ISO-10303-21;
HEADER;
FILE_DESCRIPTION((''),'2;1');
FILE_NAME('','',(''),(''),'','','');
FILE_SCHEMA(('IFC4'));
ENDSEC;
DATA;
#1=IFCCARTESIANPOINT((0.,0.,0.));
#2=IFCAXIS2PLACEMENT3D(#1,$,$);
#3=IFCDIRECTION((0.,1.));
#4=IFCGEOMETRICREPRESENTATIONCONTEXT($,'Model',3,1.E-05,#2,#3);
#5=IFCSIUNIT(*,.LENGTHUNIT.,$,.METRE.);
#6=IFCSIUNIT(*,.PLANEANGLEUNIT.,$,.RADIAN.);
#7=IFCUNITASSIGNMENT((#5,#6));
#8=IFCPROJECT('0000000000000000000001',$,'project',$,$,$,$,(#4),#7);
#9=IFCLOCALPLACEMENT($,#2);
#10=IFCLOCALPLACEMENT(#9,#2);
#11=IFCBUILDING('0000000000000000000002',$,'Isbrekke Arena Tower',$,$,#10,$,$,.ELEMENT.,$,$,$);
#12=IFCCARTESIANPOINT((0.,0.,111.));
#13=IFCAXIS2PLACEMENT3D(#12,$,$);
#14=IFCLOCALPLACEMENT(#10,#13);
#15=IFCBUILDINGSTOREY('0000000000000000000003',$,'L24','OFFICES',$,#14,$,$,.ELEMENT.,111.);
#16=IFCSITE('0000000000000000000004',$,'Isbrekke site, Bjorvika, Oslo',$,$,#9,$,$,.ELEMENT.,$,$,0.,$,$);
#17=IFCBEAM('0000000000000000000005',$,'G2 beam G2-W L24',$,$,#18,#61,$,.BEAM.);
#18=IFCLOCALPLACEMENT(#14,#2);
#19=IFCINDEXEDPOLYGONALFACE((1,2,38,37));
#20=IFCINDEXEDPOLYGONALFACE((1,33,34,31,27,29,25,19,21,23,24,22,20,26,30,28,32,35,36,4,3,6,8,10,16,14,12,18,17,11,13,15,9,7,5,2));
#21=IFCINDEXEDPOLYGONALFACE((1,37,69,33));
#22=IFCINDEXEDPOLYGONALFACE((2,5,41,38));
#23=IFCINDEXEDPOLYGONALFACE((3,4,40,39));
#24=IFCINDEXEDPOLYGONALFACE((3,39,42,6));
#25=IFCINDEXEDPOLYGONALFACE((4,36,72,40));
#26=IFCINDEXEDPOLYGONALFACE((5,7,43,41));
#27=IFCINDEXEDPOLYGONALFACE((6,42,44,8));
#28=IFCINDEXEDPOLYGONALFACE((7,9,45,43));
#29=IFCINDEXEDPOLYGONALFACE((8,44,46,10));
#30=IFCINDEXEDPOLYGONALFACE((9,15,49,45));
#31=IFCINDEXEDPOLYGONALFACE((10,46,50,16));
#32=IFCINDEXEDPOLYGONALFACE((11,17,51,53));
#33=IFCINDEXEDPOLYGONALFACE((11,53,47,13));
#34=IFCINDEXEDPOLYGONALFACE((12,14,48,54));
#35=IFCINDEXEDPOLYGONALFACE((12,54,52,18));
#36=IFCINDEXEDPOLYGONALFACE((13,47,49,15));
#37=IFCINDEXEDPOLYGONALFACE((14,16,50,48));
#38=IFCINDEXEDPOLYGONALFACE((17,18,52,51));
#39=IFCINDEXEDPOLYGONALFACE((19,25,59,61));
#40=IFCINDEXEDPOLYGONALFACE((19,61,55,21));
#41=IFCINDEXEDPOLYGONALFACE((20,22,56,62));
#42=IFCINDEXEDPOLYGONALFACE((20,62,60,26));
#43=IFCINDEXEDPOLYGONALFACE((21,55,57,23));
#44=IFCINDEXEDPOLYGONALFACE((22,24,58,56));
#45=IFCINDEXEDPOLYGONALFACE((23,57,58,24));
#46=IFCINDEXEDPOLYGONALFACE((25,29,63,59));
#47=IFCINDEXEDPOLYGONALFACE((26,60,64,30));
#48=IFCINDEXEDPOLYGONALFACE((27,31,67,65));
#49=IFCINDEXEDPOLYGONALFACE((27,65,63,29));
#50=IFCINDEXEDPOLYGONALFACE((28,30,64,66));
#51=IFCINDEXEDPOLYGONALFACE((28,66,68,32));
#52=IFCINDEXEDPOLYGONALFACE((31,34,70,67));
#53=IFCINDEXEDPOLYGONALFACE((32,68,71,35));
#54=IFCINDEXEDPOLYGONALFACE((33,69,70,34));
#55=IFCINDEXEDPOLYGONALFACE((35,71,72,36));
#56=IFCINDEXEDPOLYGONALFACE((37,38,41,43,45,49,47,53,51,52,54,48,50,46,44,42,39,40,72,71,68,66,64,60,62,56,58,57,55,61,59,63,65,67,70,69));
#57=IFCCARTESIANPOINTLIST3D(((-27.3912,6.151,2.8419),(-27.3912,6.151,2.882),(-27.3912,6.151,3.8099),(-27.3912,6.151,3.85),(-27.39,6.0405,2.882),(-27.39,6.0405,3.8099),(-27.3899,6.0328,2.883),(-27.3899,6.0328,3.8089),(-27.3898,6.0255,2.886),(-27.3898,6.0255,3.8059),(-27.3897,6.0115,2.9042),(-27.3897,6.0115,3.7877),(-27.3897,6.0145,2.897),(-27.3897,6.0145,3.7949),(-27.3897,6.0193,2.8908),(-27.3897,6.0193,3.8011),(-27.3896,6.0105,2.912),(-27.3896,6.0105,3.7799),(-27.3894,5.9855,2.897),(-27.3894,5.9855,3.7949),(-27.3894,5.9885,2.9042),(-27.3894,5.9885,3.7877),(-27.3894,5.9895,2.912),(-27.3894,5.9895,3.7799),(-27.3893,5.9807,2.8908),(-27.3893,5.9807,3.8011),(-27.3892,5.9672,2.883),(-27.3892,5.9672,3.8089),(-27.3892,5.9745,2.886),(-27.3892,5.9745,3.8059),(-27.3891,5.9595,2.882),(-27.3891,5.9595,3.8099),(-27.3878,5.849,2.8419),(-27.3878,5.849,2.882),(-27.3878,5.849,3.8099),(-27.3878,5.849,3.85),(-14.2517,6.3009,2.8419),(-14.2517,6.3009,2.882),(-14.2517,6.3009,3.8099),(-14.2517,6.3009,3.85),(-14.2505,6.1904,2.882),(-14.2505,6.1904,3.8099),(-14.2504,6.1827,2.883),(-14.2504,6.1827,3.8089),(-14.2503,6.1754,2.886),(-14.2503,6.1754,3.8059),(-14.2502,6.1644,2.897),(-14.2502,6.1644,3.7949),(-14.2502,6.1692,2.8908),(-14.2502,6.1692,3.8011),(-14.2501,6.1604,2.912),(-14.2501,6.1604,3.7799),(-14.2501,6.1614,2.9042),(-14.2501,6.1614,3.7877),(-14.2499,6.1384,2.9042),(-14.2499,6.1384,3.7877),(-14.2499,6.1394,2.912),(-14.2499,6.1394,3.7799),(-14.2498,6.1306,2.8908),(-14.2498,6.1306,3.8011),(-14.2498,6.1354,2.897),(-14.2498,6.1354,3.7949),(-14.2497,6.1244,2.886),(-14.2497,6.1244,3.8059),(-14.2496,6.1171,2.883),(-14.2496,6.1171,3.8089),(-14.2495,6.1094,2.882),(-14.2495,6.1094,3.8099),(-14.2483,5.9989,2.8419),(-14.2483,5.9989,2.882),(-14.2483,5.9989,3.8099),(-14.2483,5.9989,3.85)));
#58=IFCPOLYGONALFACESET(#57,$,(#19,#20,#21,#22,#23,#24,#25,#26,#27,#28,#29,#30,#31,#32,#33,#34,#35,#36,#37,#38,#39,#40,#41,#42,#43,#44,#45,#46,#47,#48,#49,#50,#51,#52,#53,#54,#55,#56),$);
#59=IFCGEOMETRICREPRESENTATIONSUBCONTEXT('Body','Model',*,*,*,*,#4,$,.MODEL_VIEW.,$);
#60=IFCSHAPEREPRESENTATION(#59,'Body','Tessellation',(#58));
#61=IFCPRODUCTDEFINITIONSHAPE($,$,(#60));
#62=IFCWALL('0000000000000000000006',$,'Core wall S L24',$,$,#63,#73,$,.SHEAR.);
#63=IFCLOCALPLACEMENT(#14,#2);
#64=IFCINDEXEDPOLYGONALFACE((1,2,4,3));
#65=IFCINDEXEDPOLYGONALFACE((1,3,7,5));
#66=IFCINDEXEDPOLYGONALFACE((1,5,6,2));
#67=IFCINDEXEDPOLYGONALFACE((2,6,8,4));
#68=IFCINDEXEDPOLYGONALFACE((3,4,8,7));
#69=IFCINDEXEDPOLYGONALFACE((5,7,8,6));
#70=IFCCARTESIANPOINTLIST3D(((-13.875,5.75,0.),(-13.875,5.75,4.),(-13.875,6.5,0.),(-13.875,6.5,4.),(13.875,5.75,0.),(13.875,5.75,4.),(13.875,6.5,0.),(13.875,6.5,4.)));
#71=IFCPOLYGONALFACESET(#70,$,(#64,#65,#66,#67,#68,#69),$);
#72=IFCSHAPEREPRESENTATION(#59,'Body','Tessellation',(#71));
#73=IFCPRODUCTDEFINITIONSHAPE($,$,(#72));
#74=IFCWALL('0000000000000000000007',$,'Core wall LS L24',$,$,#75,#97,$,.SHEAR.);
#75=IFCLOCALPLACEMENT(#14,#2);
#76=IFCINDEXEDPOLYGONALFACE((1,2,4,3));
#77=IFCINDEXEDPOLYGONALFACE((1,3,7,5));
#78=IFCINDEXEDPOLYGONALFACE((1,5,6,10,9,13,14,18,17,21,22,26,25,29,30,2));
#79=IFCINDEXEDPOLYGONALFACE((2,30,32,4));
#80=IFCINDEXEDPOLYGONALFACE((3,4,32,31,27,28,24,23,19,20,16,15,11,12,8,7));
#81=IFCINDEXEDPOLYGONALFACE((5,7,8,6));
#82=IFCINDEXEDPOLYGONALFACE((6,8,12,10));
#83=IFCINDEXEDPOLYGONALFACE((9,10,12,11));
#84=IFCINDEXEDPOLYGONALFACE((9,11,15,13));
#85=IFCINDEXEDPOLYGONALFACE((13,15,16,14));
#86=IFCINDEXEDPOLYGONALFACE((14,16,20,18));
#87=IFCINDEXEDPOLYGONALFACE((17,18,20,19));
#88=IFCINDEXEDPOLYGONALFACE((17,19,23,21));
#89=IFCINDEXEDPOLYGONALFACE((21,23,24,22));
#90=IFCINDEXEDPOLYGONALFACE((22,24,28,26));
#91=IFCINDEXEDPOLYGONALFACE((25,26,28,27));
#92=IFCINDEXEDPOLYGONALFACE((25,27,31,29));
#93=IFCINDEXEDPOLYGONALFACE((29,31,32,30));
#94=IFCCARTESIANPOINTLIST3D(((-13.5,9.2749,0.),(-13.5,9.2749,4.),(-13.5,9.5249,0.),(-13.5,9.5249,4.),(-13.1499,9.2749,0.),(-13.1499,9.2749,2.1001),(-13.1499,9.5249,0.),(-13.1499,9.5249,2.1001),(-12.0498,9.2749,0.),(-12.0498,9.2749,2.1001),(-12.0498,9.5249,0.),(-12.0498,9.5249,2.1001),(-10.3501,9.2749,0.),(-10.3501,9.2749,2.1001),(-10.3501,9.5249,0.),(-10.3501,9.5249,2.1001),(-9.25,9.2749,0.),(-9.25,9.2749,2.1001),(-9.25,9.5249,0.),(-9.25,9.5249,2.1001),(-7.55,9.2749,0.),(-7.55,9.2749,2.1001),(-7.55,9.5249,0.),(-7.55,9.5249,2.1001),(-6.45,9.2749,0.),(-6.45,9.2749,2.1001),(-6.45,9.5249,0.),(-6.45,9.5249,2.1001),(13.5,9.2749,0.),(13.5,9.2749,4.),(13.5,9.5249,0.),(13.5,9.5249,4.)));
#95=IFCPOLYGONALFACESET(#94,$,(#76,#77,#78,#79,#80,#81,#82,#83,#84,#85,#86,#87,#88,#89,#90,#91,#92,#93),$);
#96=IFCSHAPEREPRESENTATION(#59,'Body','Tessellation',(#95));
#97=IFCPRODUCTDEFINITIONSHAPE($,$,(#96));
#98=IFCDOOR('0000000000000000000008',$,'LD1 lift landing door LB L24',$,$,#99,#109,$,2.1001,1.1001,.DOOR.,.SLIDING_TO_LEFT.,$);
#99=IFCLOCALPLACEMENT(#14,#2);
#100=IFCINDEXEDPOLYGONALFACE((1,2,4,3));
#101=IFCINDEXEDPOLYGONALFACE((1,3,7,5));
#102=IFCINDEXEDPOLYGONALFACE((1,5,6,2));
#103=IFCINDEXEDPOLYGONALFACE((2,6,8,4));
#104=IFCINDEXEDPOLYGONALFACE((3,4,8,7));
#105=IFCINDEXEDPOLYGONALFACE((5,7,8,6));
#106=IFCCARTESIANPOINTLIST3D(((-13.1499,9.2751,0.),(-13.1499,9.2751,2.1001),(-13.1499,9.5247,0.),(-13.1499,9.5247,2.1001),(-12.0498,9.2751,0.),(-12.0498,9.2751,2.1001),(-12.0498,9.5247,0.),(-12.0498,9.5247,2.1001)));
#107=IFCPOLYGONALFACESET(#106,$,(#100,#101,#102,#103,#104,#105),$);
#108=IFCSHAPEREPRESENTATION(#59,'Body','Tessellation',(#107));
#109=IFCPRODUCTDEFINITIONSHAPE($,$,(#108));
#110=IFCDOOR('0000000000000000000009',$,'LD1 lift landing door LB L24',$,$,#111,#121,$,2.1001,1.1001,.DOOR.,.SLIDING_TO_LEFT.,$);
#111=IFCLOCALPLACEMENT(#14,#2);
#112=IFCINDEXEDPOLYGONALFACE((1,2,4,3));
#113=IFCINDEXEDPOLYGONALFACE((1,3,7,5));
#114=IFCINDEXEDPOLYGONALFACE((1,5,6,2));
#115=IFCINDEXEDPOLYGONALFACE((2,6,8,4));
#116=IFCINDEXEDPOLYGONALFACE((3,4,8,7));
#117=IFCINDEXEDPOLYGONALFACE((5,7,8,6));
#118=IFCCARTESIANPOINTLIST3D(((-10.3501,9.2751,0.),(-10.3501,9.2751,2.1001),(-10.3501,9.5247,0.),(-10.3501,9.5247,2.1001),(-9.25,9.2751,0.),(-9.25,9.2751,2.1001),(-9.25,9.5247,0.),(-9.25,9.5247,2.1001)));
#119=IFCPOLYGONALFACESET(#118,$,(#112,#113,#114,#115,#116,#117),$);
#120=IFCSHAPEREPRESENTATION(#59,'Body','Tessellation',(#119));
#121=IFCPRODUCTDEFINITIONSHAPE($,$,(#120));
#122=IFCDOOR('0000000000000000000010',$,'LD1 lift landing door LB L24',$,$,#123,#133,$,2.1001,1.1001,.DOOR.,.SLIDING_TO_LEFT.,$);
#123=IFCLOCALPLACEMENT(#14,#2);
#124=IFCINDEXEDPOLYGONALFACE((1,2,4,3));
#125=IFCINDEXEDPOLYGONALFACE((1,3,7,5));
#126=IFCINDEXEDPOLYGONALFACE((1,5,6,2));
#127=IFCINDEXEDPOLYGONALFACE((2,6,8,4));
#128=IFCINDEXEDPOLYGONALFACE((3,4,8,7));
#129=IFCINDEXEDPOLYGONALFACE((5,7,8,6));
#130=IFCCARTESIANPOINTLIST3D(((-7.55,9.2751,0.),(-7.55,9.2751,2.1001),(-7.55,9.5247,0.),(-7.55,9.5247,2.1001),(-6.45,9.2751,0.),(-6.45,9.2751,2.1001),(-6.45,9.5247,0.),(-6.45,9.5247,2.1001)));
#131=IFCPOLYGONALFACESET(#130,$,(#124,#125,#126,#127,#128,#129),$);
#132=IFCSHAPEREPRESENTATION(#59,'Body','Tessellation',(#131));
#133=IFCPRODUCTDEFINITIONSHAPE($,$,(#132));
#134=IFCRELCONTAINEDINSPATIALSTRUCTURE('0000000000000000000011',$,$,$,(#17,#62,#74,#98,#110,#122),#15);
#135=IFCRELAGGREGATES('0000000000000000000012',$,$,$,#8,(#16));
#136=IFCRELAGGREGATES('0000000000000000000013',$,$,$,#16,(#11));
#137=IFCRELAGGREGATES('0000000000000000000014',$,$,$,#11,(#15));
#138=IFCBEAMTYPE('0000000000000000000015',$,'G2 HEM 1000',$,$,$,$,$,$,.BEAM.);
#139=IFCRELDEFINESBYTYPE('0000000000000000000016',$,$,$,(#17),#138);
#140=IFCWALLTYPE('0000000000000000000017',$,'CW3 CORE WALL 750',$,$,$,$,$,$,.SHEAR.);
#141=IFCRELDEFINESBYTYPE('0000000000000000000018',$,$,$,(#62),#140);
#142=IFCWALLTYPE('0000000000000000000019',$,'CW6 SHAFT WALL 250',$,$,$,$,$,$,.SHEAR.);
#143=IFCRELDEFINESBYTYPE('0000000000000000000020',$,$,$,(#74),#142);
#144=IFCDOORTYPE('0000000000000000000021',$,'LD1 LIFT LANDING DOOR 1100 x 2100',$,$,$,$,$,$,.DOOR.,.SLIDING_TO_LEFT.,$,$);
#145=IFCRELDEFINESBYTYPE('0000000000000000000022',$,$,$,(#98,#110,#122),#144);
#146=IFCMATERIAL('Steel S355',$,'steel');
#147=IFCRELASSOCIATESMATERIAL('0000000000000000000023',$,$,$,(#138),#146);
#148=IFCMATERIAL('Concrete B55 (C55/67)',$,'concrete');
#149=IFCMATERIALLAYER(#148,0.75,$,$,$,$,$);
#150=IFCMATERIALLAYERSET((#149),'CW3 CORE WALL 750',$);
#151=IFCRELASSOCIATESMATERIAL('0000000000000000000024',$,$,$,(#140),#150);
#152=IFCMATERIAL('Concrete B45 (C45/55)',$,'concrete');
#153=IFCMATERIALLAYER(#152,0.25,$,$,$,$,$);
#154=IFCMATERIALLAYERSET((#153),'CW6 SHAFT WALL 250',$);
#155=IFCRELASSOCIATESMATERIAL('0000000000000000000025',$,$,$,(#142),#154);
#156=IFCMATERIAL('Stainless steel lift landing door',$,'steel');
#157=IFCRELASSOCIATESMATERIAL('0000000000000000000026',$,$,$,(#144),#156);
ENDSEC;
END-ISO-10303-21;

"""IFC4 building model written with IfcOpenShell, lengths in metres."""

from ifc_helpers import new_model, si_unit, direction, frame, frame_2d, origin, origin_2d, place, context, subcontext, project, spatial, rectangle, i_section, extrude, material, layer, layer_set, material_profile, profile_set, type_object, element, fill, save


model = new_model("IFC4")

# Units and contexts
model_context = context("Model", 3, precision=1e-05, world=origin(), true_north=direction((0.0, 1.0)))
body_context = subcontext(model_context, "Body", "Model", "MODEL_VIEW")
ifc_project = project(units=[si_unit("LENGTHUNIT", "METRE"), si_unit("PLANEANGLEUNIT", "RADIAN")], contexts=[model_context])

# Site, building, storey
site_placement = place(None, origin())
site = spatial("IfcSite", under=ifc_project, at=site_placement, Name="Isbrekke site, Bjorvika, Oslo", CompositionType="ELEMENT", RefElevation=0.0)
building_placement = place(site_placement, origin())
building = spatial("IfcBuilding", under=site, at=building_placement, Name="Isbrekke Arena Tower", CompositionType="ELEMENT")
storey_placement = place(building_placement, frame((0.0, 0.0, 111.0)))
storey = spatial("IfcBuildingStorey", under=building, at=storey_placement, Name="L24", Description="OFFICES", CompositionType="ELEMENT", Elevation=111.0)

# Beam
ifc_material_1 = material(Name="Steel S355", Category="steel")
ifc_material_profile = material_profile(ifc_material_1, i_section(OverallWidth=0.302, OverallDepth=1.0081, WebThickness=0.021, FlangeThickness=0.04, FilletRadius=0.03, at=origin_2d()), Name="HEM 1000")
ifc_profile_set = profile_set([ifc_material_profile], Name="Steel S355")
beam_type = type_object("IfcBeamType", Name="G2 HEM 1000", PredefinedType="BEAM", material=ifc_profile_set)
beam_placement = place(storey_placement, frame((-14.25, 6.1499, 3.3459), z_axis=(-0.999935, -0.011408, 0.0), x_axis=(0.011408, -0.999935, 0.0)))
element("IfcBeam", 1, at=beam_placement, inside=storey, type_object=beam_type, Name="G2 beam G2-W L24", PredefinedType="BEAM", context=body_context, shape_type="SweptSolid", body=[
    extrude(i_section(OverallWidth=0.302, OverallDepth=1.0081, WebThickness=0.021, FlangeThickness=0.04, FilletRadius=0.03, at=origin_2d()), origin(), (0.0, 0.0, 1.0), 13.1404),
])

# Wall
ifc_material_2 = material(Name="Concrete B55 (C55/67)", Category="concrete")
ifc_layer_1 = layer(ifc_material_2, 0.75)
ifc_layer_set_1 = layer_set([ifc_layer_1], Name="CW3 CORE WALL 750")
wall_type_1 = type_object("IfcWallType", Name="CW3 CORE WALL 750", PredefinedType="SHEAR", material=ifc_layer_set_1)
wall_1_placement = place(storey_placement, frame((-13.875, 6.125, 0.0), z_axis=(0.0, 0.0, 1.0), x_axis=(1.0, 0.0, 0.0)))
element("IfcWall", 2, at=wall_1_placement, inside=storey, type_object=wall_type_1, Name="Core wall S L24", PredefinedType="SHEAR", context=body_context, shape_type="SweptSolid", body=[
    extrude(rectangle(XDim=27.75, YDim=0.75, at=frame_2d((13.875, 0.0))), origin(), (0.0, 0.0, 1.0), 4.0),
])

# Wall, openings, doors
ifc_material_3 = material(Name="Concrete B45 (C45/55)", Category="concrete")
ifc_layer_2 = layer(ifc_material_3, 0.25)
ifc_layer_set_2 = layer_set([ifc_layer_2], Name="CW6 SHAFT WALL 250")
wall_type_2 = type_object("IfcWallType", Name="CW6 SHAFT WALL 250", PredefinedType="SHEAR", material=ifc_layer_set_2)
wall_2_placement = place(storey_placement, frame((-13.5, 9.3999, 0.0), z_axis=(0.0, 0.0, 1.0), x_axis=(1.0, 0.0, 0.0)))
wall_2 = element("IfcWall", 3, at=wall_2_placement, inside=storey, type_object=wall_type_2, Name="Core wall LS L24", PredefinedType="SHEAR", context=body_context, shape_type="SweptSolid", body=[
    extrude(rectangle(XDim=27.0, YDim=0.25, at=frame_2d((13.5, 0.0))), origin(), (0.0, 0.0, 1.0), 4.0),
])
opening_1_placement = place(wall_2_placement, frame((0.3501, 0.0, 0.0)))
opening_1 = element("IfcOpeningElement", 4, at=opening_1_placement, cuts=wall_2, PredefinedType="OPENING", context=body_context, shape_type="SweptSolid", body=[
    extrude(rectangle(XDim=1.1001, YDim=2.1001, at=frame_2d((0.55, 1.05))), frame((0.0, 0.1399, 0.0), z_axis=(0.0, -1.0, 0.0), x_axis=(1.0, 0.0, 0.0)), (0.0, 0.0, 1.0), 0.2798),
])
opening_2_placement = place(wall_2_placement, frame((3.1499, 0.0, 0.0)))
opening_2 = element("IfcOpeningElement", 5, at=opening_2_placement, cuts=wall_2, PredefinedType="OPENING", context=body_context, shape_type="SweptSolid", body=[
    extrude(rectangle(XDim=1.1001, YDim=2.1001, at=frame_2d((0.55, 1.05))), frame((0.0, 0.1399, 0.0), z_axis=(0.0, -1.0, 0.0), x_axis=(1.0, 0.0, 0.0)), (0.0, 0.0, 1.0), 0.2798),
])
opening_3_placement = place(wall_2_placement, frame((5.95, 0.0, 0.0)))
opening_3 = element("IfcOpeningElement", 6, at=opening_3_placement, cuts=wall_2, PredefinedType="OPENING", context=body_context, shape_type="SweptSolid", body=[
    extrude(rectangle(XDim=1.1001, YDim=2.1001, at=frame_2d((0.55, 1.05))), frame((0.0, 0.1399, 0.0), z_axis=(0.0, -1.0, 0.0), x_axis=(1.0, 0.0, 0.0)), (0.0, 0.0, 1.0), 0.2798),
])
ifc_material_4 = material(Name="Stainless steel lift landing door", Category="steel")
door_type_1 = type_object("IfcDoorType", Name="LD1 LIFT LANDING DOOR 1100 x 2100", OperationType="SLIDING_TO_LEFT", PredefinedType="DOOR", material=ifc_material_4)
door_1_placement = place(opening_1_placement, origin())
door_1 = element("IfcDoor", 7, at=door_1_placement, inside=storey, type_object=door_type_1, Name="LD1 lift landing door LB L24", OperationType="SLIDING_TO_LEFT", OverallHeight=2.1001, OverallWidth=1.1001, PredefinedType="DOOR", context=body_context, shape_type="SweptSolid", body=[
    extrude(rectangle(XDim=1.1001, YDim=2.1001, at=frame_2d((0.55, 1.05))), frame((0.0, 0.1248, 0.0), z_axis=(0.0, -1.0, 0.0), x_axis=(1.0, 0.0, 0.0)), (0.0, 0.0, 1.0), 0.2495),
])
fill(opening_1, door_1)
door_2_placement = place(opening_2_placement, origin())
door_2 = element("IfcDoor", 8, at=door_2_placement, inside=storey, type_object=door_type_1, Name="LD1 lift landing door LB L24", OperationType="SLIDING_TO_LEFT", OverallHeight=2.1001, OverallWidth=1.1001, PredefinedType="DOOR", context=body_context, shape_type="SweptSolid", body=[
    extrude(rectangle(XDim=1.1001, YDim=2.1001, at=frame_2d((0.55, 1.05))), frame((0.0, 0.1248, 0.0), z_axis=(0.0, -1.0, 0.0), x_axis=(1.0, 0.0, 0.0)), (0.0, 0.0, 1.0), 0.2495),
])
fill(opening_2, door_2)
door_3_placement = place(opening_3_placement, origin())
door_3 = element("IfcDoor", 9, at=door_3_placement, inside=storey, type_object=door_type_1, Name="LD1 lift landing door LB L24", OperationType="SLIDING_TO_LEFT", OverallHeight=2.1001, OverallWidth=1.1001, PredefinedType="DOOR", context=body_context, shape_type="SweptSolid", body=[
    extrude(rectangle(XDim=1.1001, YDim=2.1001, at=frame_2d((0.55, 1.05))), frame((0.0, 0.1248, 0.0), z_axis=(0.0, -1.0, 0.0), x_axis=(1.0, 0.0, 0.0)), (0.0, 0.0, 1.0), 0.2495),
])
fill(opening_3, door_3)

save(model, "model.ifc")
